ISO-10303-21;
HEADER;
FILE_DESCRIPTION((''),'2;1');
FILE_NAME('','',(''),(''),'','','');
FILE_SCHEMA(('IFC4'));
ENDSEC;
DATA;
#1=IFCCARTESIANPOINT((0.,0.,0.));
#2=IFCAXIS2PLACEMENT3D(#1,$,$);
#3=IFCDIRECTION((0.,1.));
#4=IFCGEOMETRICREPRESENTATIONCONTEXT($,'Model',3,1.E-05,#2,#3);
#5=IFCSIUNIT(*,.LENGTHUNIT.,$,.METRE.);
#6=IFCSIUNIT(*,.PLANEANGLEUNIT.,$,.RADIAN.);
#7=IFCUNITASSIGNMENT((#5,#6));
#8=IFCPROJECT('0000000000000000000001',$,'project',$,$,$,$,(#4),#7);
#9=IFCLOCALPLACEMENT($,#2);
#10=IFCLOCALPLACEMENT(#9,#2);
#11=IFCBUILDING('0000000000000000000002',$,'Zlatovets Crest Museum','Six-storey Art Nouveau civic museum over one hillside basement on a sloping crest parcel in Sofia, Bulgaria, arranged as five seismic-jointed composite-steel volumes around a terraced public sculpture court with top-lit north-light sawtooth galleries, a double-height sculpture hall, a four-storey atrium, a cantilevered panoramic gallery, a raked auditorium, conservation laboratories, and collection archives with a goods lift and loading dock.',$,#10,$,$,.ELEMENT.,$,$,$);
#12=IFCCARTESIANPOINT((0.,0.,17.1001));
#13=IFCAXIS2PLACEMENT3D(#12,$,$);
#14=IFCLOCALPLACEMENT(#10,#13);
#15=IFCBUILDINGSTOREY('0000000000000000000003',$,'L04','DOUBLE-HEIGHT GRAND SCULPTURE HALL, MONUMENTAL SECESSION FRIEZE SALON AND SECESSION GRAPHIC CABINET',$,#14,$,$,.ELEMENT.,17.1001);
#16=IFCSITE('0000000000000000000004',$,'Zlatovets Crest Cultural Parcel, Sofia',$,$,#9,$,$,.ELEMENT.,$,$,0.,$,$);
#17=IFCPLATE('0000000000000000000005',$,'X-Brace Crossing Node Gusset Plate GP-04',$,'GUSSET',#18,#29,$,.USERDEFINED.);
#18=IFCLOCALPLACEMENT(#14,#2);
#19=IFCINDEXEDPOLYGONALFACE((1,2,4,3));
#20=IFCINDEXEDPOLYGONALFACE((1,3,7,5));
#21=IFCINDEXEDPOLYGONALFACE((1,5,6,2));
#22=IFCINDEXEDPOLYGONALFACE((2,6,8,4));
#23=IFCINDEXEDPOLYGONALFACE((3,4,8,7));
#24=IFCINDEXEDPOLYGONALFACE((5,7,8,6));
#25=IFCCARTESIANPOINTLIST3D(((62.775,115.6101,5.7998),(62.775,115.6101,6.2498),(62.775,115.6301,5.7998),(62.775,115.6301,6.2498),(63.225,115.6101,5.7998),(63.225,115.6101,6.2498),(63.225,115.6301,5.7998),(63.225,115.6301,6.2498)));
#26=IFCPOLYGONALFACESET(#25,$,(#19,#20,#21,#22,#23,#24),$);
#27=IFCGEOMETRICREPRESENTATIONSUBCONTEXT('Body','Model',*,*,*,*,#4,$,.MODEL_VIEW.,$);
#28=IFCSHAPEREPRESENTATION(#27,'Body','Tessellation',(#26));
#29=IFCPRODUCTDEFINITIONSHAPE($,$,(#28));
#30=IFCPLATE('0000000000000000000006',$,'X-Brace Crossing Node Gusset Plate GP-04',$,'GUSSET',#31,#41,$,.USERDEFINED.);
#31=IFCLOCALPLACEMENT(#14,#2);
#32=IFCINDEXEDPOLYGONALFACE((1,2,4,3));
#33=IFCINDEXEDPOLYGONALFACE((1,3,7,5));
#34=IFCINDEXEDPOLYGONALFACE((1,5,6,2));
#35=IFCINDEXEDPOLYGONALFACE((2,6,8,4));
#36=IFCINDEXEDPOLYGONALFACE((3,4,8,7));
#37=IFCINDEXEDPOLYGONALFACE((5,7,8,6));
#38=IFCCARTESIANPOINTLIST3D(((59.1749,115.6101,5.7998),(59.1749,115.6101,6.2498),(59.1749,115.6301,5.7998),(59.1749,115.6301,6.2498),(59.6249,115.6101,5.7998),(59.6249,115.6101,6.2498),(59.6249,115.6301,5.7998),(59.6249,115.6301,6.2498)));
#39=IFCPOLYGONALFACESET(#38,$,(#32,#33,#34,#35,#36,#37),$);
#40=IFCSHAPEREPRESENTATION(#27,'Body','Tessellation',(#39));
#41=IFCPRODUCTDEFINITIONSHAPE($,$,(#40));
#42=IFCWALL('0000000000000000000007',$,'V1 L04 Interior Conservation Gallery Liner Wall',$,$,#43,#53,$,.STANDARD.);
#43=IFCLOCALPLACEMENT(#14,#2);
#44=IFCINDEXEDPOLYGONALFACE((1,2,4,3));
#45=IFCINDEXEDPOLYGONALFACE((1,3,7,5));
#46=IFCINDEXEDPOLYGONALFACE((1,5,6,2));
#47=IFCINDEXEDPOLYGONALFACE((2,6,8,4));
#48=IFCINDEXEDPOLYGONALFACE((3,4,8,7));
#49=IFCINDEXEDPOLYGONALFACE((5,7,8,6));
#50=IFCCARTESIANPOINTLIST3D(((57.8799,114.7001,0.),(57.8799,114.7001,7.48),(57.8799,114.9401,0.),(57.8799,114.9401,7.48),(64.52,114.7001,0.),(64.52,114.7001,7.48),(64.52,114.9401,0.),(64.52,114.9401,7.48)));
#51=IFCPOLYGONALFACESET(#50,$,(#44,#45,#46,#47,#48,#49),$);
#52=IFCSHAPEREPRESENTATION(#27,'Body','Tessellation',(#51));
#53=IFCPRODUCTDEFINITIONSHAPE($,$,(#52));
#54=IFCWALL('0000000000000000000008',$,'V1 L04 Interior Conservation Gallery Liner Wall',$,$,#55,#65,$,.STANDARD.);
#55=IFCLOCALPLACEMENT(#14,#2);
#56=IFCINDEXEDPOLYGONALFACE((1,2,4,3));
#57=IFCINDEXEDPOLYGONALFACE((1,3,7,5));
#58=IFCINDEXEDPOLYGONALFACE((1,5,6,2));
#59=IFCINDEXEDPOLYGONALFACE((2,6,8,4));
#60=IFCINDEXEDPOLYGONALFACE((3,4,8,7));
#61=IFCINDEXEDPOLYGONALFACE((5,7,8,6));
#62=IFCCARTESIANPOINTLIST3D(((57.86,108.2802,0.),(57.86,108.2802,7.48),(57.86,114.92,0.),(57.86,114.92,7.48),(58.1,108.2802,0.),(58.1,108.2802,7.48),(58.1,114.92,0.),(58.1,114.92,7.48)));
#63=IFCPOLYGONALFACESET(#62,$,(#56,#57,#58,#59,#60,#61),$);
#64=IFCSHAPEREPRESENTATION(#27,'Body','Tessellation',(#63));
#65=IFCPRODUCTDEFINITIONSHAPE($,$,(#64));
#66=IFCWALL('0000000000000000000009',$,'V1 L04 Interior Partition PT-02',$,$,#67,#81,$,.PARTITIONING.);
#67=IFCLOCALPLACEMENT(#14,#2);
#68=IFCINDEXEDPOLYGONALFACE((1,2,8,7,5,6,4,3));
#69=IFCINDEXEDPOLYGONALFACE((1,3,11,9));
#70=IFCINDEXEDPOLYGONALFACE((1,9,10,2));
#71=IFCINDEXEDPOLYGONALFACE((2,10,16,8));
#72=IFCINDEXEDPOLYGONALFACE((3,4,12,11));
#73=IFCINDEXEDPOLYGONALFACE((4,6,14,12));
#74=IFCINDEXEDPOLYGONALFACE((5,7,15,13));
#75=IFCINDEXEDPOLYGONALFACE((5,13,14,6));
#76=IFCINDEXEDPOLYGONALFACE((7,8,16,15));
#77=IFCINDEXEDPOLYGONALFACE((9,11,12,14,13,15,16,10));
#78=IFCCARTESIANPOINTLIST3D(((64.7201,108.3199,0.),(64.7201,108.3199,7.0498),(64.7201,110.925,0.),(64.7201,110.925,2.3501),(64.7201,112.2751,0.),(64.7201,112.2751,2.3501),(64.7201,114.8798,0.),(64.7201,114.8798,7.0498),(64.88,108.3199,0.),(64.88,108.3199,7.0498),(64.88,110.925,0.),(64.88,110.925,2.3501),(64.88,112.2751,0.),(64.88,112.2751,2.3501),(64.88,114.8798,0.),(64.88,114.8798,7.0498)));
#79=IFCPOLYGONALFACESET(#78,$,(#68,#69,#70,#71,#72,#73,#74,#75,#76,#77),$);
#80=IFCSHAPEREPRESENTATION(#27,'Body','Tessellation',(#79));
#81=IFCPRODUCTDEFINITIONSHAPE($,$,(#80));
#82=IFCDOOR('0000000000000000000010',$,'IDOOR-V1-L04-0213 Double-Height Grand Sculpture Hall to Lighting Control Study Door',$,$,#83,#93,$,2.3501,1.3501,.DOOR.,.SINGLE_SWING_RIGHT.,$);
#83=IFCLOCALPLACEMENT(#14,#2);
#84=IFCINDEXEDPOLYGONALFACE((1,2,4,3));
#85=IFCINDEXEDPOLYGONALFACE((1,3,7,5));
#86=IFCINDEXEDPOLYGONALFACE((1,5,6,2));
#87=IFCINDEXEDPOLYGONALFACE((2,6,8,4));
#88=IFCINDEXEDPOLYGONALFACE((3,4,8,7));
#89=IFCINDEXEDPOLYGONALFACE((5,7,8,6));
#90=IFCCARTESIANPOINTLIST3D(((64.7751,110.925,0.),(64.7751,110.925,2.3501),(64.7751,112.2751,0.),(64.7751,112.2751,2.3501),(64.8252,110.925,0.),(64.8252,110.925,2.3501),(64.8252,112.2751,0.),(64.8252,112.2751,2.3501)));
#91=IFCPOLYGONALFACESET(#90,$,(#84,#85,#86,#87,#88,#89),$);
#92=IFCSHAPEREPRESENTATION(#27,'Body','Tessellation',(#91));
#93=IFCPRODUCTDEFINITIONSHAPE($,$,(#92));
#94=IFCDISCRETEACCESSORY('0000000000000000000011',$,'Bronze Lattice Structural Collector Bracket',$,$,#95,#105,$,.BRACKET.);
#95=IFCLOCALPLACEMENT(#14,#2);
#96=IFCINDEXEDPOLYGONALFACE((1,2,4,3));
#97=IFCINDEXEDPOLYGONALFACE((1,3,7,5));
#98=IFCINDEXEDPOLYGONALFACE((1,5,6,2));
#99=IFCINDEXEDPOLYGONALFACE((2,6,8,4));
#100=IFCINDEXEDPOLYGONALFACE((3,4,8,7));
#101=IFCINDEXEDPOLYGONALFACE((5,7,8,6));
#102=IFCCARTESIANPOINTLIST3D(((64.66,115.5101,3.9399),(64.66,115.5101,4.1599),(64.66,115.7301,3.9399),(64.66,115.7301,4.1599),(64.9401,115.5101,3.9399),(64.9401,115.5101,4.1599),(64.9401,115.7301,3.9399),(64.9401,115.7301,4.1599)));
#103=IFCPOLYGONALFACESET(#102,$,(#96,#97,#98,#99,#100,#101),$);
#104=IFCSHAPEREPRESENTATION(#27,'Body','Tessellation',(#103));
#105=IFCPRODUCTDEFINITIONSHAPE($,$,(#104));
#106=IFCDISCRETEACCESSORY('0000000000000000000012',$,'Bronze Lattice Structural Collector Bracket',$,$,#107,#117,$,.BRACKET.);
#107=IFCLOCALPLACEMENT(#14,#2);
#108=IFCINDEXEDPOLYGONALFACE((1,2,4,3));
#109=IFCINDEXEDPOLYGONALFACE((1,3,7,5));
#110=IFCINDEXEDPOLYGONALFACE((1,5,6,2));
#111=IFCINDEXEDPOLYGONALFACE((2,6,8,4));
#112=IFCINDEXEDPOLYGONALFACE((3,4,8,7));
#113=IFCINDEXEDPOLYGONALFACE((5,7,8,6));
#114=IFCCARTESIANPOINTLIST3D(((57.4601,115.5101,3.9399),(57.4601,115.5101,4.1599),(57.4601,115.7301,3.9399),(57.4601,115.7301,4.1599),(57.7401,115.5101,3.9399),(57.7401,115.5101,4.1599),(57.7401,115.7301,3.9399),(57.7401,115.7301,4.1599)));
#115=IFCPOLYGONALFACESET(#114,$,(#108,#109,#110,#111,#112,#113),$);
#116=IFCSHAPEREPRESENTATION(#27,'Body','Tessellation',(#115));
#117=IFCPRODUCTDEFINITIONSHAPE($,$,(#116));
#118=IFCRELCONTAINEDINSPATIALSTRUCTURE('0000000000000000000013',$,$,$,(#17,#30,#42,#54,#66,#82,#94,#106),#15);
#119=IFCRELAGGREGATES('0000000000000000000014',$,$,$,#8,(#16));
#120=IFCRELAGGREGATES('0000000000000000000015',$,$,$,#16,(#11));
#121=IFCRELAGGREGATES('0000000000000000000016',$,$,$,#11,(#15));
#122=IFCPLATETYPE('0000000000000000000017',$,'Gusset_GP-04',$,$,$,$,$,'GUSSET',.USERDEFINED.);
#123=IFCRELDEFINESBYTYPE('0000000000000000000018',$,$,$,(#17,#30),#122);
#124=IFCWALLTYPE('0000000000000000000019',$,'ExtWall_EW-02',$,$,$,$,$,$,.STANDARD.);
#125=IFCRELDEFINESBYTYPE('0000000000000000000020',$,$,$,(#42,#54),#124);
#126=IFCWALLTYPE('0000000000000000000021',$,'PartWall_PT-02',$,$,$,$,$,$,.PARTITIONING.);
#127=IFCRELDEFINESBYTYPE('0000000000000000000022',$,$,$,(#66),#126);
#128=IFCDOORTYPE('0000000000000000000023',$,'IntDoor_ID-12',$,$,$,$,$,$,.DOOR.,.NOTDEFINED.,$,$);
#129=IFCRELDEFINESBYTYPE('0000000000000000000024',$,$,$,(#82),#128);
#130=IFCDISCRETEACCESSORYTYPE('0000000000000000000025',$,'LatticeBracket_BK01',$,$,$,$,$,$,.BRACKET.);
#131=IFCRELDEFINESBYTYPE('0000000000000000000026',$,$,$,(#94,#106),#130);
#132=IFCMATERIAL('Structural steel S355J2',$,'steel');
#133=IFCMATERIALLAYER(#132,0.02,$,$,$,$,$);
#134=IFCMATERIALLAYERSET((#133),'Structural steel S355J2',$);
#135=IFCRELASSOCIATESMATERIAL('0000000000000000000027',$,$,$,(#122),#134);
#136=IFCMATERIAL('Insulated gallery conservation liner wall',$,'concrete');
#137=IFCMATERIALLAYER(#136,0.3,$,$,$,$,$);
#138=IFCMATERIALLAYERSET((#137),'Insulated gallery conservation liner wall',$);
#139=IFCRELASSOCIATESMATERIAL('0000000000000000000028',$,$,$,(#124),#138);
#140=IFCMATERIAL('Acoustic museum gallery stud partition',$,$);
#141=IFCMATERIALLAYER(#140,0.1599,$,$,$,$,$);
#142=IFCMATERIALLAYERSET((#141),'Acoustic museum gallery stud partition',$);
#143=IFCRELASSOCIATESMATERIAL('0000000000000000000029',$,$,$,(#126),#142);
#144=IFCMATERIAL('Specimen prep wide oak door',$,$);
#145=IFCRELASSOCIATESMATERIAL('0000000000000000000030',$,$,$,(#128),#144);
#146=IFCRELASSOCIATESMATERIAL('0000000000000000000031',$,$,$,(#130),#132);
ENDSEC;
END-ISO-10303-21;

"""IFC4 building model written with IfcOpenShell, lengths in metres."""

from ifc_helpers import new_model, si_unit, direction, frame, frame_2d, origin, origin_2d, place, context, subcontext, project, spatial, rectangle, extrude, material, layer, layer_set, type_object, element, fill, save


model = new_model("IFC4")

# Units and contexts
model_context = context("Model", 3, precision=1e-05, world=origin(), true_north=direction((0.0, 1.0)))
body_context = subcontext(model_context, "Body", "Model", "MODEL_VIEW")
ifc_project = project(units=[si_unit("LENGTHUNIT", "METRE"), si_unit("PLANEANGLEUNIT", "RADIAN")], contexts=[model_context])

# Site, building, storey
site_placement = place(None, origin())
site = spatial("IfcSite", under=ifc_project, at=site_placement, Name="Zlatovets Crest Cultural Parcel, Sofia", CompositionType="ELEMENT", RefElevation=0.0)
building_placement = place(site_placement, origin())
building = spatial("IfcBuilding", under=site, at=building_placement, Name="Zlatovets Crest Museum", Description="Six-storey Art Nouveau civic museum over one hillside basement on a sloping crest parcel in Sofia, Bulgaria, arranged as five seismic-jointed composite-steel volumes around a terraced public sculpture court with top-lit north-light sawtooth galleries, a double-height sculpture hall, a four-storey atrium, a cantilevered panoramic gallery, a raked auditorium, conservation laboratories, and collection archives with a goods lift and loading dock.", CompositionType="ELEMENT")
storey_placement = place(building_placement, frame((0.0, 0.0, 17.1001)))
storey = spatial("IfcBuildingStorey", under=building, at=storey_placement, Name="L04", Description="DOUBLE-HEIGHT GRAND SCULPTURE HALL, MONUMENTAL SECESSION FRIEZE SALON AND SECESSION GRAPHIC CABINET", CompositionType="ELEMENT", Elevation=17.1001)

# Shared definitions
ifc_material_1 = material(Name="Structural steel S355J2", Category="steel")

# Plates
ifc_layer_1 = layer(ifc_material_1, 0.02)
ifc_layer_set_1 = layer_set([ifc_layer_1], Name="Structural steel S355J2")
plate_type_1 = type_object("IfcPlateType", Name="Gusset_GP-04", ElementType="GUSSET", PredefinedType="USERDEFINED", material=ifc_layer_set_1)
for number, where, z_axis, x_axis, name in (
    (1, (63.0, 115.6201, 5.7998), (0.0, 0.0, 1.0), (1.0, 0.0, 0.0), "X-Brace Crossing Node Gusset Plate GP-04"),
    (2, (59.3999, 115.6201, 5.7998), (0.0, 0.0, 1.0), (1.0, 0.0, 0.0), "X-Brace Crossing Node Gusset Plate GP-04"),
):
    element("IfcPlate", number, at=place(storey_placement, frame(where, z_axis=z_axis, x_axis=x_axis)), inside=storey, type_object=plate_type_1, Name=name, ObjectType="GUSSET", PredefinedType="USERDEFINED", context=body_context, shape_type="SweptSolid", body=[
        extrude(rectangle(XDim=0.45, YDim=0.02, at=origin_2d()), origin(), (0.0, 0.0, 1.0), 0.45),
    ])

# Walls
ifc_material_2 = material(Name="Insulated gallery conservation liner wall", Category="concrete")
ifc_layer_2 = layer(ifc_material_2, 0.3)
ifc_layer_set_2 = layer_set([ifc_layer_2], Name="Insulated gallery conservation liner wall")
wall_type_1 = type_object("IfcWallType", Name="ExtWall_EW-02", PredefinedType="STANDARD", material=ifc_layer_set_2)
wall_1_placement = place(storey_placement, frame((64.52, 114.8201, 0.0), z_axis=(0.0, 0.0, 1.0), x_axis=(-1.0, 0.0, 0.0)))
element("IfcWall", 3, at=wall_1_placement, inside=storey, type_object=wall_type_1, Name="V1 L04 Interior Conservation Gallery Liner Wall", PredefinedType="STANDARD", context=body_context, shape_type="SweptSolid", body=[
    extrude(rectangle(XDim=6.6401, YDim=0.24, at=frame_2d((3.3201, 0.0))), origin(), (0.0, 0.0, 1.0), 7.48),
])
wall_2_placement = place(storey_placement, frame((57.98, 114.9199, 0.0), z_axis=(0.0, 0.0, 1.0), x_axis=(0.0, -1.0, 0.0)))
element("IfcWall", 4, at=wall_2_placement, inside=storey, type_object=wall_type_1, Name="V1 L04 Interior Conservation Gallery Liner Wall", PredefinedType="STANDARD", context=body_context, shape_type="SweptSolid", body=[
    extrude(rectangle(XDim=6.6399, YDim=0.24, at=frame_2d((3.3198, 0.0))), origin(), (0.0, 0.0, 1.0), 7.48),
])

# Wall, opening, door
ifc_material_3 = material(Name="Acoustic museum gallery stud partition")
ifc_layer_3 = layer(ifc_material_3, 0.1599)
ifc_layer_set_3 = layer_set([ifc_layer_3], Name="Acoustic museum gallery stud partition")
wall_type_2 = type_object("IfcWallType", Name="PartWall_PT-02", PredefinedType="PARTITIONING", material=ifc_layer_set_3)
wall_3_placement = place(storey_placement, frame((64.8, 108.3201, 0.0), z_axis=(0.0, 0.0, 1.0), x_axis=(0.0, 1.0, 0.0)))
wall_3 = element("IfcWall", 5, at=wall_3_placement, inside=storey, type_object=wall_type_2, Name="V1 L04 Interior Partition PT-02", PredefinedType="PARTITIONING", context=body_context, shape_type="SweptSolid", body=[
    extrude(rectangle(XDim=6.5598, YDim=0.1599, at=frame_2d((3.2798, 0.0))), origin(), (0.0, 0.0, 1.0), 7.0498),
])
opening_placement = place(wall_3_placement, frame((2.605, 0.0, 0.0)))
opening = element("IfcOpeningElement", 6, at=opening_placement, cuts=wall_3, PredefinedType="OPENING", context=body_context, shape_type="SweptSolid", body=[
    extrude(rectangle(XDim=1.3501, YDim=2.3501, at=frame_2d((0.675, 1.175))), frame((0.0, 0.0898, 0.0), z_axis=(0.0, -1.0, 0.0), x_axis=(1.0, 0.0, 0.0)), (0.0, 0.0, 1.0), 0.1799),
])
ifc_material_4 = material(Name="Specimen prep wide oak door")
door_type = type_object("IfcDoorType", Name="IntDoor_ID-12", OperationType="NOTDEFINED", PredefinedType="DOOR", material=ifc_material_4)
door_placement = place(opening_placement, origin())
door = element("IfcDoor", 7, at=door_placement, inside=storey, type_object=door_type, Name="IDOOR-V1-L04-0213 Double-Height Grand Sculpture Hall to Lighting Control Study Door", OperationType="SINGLE_SWING_RIGHT", OverallHeight=2.3501, OverallWidth=1.3501, PredefinedType="DOOR", context=body_context, shape_type="SweptSolid", body=[
    extrude(rectangle(XDim=1.3501, YDim=2.3501, at=frame_2d((0.675, 1.175))), frame((0.0, 0.0249, 0.0), z_axis=(0.0, -1.0, 0.0), x_axis=(1.0, 0.0, 0.0)), (0.0, 0.0, 1.0), 0.05),
])
fill(opening, door)

# Discrete accessories
discrete_accessory_type = type_object("IfcDiscreteAccessoryType", Name="LatticeBracket_BK01", PredefinedType="BRACKET", material=ifc_material_1)
for number, where, z_axis, x_axis, name in (
    (8, (64.8, 115.6201, 3.9399), (0.0, 0.0, 1.0), (1.0, 0.0, 0.0), "Bronze Lattice Structural Collector Bracket"),
    (9, (57.6001, 115.6201, 3.9399), (0.0, 0.0, 1.0), (1.0, 0.0, 0.0), "Bronze Lattice Structural Collector Bracket"),
):
    element("IfcDiscreteAccessory", number, at=place(storey_placement, frame(where, z_axis=z_axis, x_axis=x_axis)), inside=storey, type_object=discrete_accessory_type, Name=name, PredefinedType="BRACKET", context=body_context, shape_type="SweptSolid", body=[
        extrude(rectangle(XDim=0.28, YDim=0.22, at=origin_2d()), origin(), (0.0, 0.0, 1.0), 0.22),
    ])

save(model, "model.ifc")
